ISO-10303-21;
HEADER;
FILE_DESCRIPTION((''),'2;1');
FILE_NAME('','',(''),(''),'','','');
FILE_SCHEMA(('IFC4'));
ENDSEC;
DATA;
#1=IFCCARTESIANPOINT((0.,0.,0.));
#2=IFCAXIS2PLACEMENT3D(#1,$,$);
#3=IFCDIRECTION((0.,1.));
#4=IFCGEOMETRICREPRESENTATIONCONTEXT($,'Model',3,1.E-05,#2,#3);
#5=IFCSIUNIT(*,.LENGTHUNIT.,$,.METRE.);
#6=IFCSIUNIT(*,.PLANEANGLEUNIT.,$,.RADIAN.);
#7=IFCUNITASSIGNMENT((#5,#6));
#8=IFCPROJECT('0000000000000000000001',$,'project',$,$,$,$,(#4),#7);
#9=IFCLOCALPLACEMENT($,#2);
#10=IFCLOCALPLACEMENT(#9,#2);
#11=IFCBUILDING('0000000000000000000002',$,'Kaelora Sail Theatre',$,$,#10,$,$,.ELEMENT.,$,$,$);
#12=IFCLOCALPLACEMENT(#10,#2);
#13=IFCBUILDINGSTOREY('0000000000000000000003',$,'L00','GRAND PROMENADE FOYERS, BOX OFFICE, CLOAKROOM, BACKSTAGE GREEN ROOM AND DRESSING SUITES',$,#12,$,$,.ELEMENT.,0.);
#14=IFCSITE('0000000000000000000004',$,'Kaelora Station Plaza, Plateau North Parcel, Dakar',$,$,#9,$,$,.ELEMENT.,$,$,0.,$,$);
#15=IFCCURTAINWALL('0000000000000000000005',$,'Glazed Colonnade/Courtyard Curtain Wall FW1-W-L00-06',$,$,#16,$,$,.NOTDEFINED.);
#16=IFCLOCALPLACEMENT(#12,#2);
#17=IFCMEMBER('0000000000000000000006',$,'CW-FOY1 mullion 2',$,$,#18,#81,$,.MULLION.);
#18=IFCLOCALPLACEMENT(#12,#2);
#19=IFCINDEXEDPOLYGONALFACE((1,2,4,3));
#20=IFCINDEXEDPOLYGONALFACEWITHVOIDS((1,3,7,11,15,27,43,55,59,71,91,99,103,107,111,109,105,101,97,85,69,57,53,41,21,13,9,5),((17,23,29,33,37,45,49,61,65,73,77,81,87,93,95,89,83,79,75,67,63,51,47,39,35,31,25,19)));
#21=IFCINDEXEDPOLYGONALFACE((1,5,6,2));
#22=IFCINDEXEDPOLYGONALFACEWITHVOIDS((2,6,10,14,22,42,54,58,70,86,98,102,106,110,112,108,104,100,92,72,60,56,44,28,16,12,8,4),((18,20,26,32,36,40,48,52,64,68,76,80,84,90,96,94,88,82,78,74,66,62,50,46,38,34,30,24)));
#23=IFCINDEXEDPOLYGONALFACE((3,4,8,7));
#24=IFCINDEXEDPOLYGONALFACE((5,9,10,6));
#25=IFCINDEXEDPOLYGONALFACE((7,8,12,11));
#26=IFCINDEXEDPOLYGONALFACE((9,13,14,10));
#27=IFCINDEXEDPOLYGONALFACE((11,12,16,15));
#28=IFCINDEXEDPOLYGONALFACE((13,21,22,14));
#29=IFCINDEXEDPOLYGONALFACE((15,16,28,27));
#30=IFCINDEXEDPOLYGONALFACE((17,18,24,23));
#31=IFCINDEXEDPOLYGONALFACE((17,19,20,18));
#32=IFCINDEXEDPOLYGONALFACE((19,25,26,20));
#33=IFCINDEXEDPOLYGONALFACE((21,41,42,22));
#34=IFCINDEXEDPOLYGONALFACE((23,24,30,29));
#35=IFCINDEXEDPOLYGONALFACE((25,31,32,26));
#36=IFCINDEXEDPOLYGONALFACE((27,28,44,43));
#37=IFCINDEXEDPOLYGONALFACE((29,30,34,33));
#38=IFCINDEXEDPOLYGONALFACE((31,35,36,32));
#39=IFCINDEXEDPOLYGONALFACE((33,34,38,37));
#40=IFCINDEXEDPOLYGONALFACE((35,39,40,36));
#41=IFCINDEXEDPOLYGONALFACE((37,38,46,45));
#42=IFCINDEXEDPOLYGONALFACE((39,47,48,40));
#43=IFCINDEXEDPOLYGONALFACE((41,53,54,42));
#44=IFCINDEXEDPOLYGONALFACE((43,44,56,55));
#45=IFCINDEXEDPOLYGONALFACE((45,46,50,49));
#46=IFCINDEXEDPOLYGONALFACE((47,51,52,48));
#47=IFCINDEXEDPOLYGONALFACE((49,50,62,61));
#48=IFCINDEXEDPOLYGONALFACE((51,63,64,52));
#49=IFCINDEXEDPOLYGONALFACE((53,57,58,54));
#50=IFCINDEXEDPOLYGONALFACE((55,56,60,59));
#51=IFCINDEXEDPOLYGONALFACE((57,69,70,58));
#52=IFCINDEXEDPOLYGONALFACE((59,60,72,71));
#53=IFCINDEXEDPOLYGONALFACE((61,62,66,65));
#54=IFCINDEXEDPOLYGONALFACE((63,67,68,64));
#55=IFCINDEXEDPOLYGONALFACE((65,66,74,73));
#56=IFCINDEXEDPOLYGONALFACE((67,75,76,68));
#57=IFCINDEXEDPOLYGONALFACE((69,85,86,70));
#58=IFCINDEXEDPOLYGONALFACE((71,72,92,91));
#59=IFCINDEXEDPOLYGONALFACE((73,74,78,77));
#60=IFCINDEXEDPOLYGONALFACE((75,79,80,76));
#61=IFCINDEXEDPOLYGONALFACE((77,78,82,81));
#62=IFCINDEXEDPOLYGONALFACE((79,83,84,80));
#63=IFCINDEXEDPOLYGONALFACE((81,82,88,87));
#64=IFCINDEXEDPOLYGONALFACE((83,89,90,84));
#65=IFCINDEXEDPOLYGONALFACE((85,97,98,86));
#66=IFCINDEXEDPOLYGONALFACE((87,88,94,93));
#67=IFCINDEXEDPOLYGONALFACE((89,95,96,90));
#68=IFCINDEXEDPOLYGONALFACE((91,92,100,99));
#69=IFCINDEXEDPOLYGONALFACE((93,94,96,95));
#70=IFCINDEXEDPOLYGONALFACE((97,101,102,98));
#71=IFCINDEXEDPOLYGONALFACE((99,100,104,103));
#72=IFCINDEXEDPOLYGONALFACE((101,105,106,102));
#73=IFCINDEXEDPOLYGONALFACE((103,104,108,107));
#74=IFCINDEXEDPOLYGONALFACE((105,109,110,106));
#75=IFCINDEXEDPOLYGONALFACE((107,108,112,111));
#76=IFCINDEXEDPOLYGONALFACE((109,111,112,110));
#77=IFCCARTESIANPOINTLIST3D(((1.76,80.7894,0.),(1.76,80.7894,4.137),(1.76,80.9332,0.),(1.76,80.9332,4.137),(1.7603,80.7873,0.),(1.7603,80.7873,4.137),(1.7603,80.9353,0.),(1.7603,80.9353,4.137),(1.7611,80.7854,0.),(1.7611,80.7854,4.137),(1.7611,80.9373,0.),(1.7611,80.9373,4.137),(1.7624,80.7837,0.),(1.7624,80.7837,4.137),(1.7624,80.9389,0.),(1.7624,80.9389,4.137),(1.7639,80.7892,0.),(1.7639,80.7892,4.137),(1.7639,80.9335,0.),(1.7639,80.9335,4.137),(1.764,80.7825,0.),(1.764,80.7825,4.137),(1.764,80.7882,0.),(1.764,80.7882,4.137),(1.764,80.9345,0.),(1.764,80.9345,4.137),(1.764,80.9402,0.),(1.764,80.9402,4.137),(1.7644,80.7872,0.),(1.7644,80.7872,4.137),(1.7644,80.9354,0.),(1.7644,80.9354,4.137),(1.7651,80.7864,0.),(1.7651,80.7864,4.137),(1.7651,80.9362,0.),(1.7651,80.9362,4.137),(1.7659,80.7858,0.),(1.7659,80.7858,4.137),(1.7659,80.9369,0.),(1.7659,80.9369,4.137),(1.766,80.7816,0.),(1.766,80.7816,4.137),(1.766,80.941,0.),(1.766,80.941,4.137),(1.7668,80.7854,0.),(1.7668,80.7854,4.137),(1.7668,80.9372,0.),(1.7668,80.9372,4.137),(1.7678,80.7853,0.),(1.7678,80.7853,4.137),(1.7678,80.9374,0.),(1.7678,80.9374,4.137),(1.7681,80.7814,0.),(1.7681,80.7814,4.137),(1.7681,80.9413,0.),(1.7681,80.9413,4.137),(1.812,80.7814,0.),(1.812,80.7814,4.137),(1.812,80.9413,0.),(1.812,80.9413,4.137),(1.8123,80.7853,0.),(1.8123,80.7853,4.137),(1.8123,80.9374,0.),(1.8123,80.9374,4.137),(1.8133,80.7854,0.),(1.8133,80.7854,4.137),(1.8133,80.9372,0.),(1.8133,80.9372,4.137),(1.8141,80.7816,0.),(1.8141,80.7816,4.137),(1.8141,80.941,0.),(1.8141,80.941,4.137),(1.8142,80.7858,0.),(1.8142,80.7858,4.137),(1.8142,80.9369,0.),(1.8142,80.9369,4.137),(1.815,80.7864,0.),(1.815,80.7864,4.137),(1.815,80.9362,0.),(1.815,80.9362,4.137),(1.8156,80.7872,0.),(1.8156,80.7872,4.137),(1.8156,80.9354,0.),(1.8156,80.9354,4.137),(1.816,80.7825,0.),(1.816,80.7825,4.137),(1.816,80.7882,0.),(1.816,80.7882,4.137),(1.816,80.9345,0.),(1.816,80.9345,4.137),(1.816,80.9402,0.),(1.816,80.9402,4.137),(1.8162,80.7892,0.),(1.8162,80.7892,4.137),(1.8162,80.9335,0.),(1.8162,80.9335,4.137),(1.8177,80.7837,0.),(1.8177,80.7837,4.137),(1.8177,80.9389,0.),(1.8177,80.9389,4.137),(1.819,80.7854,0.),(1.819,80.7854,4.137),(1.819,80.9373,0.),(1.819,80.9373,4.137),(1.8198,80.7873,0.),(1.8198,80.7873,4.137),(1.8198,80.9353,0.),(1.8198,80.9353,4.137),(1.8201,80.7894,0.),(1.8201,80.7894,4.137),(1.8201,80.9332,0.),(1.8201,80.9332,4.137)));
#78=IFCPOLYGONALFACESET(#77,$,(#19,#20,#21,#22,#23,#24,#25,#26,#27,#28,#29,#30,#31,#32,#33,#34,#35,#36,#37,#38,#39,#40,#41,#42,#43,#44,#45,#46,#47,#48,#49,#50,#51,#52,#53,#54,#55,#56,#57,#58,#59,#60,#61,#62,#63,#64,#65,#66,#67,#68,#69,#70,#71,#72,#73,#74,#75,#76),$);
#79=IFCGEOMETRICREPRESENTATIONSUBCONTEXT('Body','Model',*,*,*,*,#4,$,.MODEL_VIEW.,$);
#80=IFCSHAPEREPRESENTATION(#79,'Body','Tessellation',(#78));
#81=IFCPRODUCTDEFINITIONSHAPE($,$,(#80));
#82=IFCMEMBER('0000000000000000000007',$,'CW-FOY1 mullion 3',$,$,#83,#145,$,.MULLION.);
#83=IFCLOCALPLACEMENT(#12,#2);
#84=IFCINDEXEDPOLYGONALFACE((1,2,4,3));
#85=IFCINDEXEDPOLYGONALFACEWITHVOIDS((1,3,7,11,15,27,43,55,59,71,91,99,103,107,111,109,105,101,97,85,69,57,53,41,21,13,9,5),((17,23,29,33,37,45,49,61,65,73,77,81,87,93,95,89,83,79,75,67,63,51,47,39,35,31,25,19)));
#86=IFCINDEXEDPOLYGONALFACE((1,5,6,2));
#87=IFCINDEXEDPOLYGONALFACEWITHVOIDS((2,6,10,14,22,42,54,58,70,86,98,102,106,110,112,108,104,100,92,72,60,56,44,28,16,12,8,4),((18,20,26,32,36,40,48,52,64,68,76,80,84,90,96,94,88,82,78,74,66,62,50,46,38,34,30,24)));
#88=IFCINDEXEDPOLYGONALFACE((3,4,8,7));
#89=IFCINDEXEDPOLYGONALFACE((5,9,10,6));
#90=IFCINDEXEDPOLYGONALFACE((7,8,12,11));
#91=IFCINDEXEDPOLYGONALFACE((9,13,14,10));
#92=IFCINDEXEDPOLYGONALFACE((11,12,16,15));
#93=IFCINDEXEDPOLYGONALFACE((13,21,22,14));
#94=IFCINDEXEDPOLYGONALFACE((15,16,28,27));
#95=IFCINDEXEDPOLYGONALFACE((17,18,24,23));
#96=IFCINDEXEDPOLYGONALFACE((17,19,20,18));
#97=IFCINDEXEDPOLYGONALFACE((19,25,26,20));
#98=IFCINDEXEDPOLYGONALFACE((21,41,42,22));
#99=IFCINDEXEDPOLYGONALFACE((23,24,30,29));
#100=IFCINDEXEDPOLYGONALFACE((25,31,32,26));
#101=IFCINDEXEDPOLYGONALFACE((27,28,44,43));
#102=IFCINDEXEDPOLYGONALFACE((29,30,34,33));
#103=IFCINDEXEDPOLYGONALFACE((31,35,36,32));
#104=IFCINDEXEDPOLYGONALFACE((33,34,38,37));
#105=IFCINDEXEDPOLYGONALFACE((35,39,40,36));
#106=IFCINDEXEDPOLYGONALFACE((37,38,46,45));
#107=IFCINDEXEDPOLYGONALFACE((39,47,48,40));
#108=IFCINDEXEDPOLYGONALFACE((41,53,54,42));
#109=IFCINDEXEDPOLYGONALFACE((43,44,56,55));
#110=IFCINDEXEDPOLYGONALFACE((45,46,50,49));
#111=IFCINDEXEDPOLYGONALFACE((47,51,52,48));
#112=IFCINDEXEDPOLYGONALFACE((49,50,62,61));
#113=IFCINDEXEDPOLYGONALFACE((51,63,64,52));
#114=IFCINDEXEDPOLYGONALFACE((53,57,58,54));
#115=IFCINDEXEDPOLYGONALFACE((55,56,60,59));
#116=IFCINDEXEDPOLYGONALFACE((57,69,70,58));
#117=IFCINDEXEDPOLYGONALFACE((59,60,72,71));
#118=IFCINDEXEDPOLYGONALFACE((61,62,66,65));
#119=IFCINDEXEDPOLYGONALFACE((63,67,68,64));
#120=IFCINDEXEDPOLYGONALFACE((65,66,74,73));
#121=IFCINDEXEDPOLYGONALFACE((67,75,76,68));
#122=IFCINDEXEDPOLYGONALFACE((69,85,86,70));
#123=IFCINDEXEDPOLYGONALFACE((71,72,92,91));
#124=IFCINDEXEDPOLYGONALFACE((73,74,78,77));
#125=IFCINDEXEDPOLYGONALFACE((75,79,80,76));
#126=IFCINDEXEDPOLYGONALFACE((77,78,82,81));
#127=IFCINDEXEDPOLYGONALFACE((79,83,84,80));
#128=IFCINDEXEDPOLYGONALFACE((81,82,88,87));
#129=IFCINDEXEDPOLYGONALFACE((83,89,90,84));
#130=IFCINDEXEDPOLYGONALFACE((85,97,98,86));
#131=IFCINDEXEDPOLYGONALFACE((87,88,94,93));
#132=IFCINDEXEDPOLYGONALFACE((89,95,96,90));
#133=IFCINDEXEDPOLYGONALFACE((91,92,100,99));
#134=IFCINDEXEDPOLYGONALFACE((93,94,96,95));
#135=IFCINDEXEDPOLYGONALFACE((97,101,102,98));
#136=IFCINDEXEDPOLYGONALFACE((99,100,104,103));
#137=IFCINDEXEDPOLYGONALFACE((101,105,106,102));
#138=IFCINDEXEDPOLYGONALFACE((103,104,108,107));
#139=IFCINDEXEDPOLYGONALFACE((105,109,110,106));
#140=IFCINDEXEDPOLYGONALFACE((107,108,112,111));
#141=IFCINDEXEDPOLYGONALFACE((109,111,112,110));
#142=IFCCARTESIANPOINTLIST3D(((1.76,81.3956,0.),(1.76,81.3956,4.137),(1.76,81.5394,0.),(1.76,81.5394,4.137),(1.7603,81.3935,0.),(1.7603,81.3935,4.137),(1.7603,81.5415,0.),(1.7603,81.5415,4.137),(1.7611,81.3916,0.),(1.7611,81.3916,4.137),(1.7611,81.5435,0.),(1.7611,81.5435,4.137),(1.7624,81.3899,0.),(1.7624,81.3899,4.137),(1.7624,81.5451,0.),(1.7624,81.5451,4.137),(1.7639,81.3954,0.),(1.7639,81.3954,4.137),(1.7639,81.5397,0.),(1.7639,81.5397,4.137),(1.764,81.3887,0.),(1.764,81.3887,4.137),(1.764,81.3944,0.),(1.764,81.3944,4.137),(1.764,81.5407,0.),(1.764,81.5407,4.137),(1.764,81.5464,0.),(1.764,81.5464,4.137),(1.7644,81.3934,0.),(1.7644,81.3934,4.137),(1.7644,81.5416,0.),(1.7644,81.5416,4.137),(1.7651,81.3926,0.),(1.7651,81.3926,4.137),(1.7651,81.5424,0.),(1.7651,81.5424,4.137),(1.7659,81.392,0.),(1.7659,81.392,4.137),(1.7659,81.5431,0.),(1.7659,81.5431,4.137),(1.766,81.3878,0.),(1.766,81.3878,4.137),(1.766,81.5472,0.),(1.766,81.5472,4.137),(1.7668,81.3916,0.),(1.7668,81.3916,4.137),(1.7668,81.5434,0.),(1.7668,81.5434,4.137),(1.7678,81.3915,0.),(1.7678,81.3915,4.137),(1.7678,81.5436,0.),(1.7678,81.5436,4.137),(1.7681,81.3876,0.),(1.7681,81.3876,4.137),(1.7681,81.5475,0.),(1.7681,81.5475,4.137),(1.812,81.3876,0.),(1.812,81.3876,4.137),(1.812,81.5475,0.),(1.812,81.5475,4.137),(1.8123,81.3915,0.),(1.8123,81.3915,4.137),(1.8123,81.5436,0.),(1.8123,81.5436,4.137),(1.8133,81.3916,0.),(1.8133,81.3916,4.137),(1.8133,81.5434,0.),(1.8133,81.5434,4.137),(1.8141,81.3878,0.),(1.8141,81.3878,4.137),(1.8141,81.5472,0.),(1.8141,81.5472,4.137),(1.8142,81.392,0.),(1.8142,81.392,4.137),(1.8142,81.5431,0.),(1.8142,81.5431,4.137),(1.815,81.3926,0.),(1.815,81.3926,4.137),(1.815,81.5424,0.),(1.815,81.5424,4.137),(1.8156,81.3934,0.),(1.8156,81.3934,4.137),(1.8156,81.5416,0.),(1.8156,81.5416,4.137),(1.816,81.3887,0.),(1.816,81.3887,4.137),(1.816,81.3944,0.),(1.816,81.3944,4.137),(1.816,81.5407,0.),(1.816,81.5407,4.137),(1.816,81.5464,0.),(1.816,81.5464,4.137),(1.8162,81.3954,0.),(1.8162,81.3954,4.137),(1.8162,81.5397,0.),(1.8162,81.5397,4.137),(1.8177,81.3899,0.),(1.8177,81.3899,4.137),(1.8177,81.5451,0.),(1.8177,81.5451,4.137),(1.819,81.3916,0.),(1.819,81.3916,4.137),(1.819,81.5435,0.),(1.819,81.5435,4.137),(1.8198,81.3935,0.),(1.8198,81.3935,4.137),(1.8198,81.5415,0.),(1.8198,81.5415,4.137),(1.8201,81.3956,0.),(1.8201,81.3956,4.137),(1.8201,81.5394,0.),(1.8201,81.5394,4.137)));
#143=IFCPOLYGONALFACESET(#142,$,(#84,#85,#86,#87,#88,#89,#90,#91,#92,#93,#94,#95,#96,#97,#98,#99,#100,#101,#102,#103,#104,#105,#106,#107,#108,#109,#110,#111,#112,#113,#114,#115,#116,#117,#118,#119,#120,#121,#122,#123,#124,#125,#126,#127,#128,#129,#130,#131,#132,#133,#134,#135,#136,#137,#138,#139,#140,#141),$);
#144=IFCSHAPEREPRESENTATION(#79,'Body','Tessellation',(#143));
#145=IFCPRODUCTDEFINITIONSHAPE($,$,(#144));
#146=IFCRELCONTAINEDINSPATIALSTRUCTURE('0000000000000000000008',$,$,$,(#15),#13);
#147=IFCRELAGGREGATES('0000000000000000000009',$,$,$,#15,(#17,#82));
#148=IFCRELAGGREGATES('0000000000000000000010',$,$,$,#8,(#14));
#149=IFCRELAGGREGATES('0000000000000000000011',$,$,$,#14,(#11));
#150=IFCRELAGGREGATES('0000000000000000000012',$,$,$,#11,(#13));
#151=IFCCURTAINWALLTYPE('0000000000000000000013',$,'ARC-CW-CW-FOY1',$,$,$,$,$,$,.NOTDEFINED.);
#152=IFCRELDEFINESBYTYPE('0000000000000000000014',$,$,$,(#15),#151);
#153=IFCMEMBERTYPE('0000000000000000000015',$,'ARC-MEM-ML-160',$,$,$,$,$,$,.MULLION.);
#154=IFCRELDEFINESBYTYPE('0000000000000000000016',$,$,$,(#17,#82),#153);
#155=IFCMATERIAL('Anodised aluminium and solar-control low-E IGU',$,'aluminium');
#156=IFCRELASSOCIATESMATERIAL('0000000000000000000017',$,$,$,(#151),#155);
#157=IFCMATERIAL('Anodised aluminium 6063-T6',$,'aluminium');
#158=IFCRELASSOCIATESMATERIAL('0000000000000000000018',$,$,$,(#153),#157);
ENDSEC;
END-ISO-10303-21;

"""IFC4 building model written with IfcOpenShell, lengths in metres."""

from ifc_helpers import new_model, si_unit, direction, frame, origin, origin_2d, place, context, subcontext, project, spatial, hollow_rectangle, extrude, material, material_profile, profile_set, type_object, element, aggregate, save


model = new_model("IFC4")

# Units and contexts
model_context = context("Model", 3, precision=1e-05, world=origin(), true_north=direction((0.0, 1.0)))
body_context = subcontext(model_context, "Body", "Model", "MODEL_VIEW")
ifc_project = project(units=[si_unit("LENGTHUNIT", "METRE"), si_unit("PLANEANGLEUNIT", "RADIAN")], contexts=[model_context])

# Site, building, storey
site_placement = place(None, origin())
site = spatial("IfcSite", under=ifc_project, at=site_placement, Name="Kaelora Station Plaza, Plateau North Parcel, Dakar", CompositionType="ELEMENT", RefElevation=0.0)
building_placement = place(site_placement, origin())
building = spatial("IfcBuilding", under=site, at=building_placement, Name="Kaelora Sail Theatre", CompositionType="ELEMENT")
storey_placement = place(building_placement, origin())
storey = spatial("IfcBuildingStorey", under=building, at=storey_placement, Name="L00", Description="GRAND PROMENADE FOYERS, BOX OFFICE, CLOAKROOM, BACKSTAGE GREEN ROOM AND DRESSING SUITES", CompositionType="ELEMENT", Elevation=0.0)

# Curtain wall, members
ifc_material_1 = material(Name="Anodised aluminium and solar-control low-E IGU", Category="aluminium")
curtain_wall_type = type_object("IfcCurtainWallType", Name="ARC-CW-CW-FOY1", PredefinedType="NOTDEFINED", material=ifc_material_1)
curtain_wall_placement = place(storey_placement, origin())
curtain_wall = element("IfcCurtainWall", 1, at=curtain_wall_placement, inside=storey, type_object=curtain_wall_type, Name="Glazed Colonnade/Courtyard Curtain Wall FW1-W-L00-06", PredefinedType="NOTDEFINED")
ifc_material_2 = material(Name="Anodised aluminium 6063-T6", Category="aluminium")
ifc_material_profile_1 = material_profile(ifc_material_2, hollow_rectangle(XDim=0.0601, YDim=0.1599, WallThickness=0.0039, InnerFilletRadius=0.0039, OuterFilletRadius=0.0081, at=origin_2d()), Name="ALU-MULL 60x160x4")
ifc_profile_set_1 = profile_set([ifc_material_profile_1], Name="Anodised aluminium 6063-T6")
member_type_1 = type_object("IfcMemberType", Name="ARC-MEM-ML-160", PredefinedType="MULLION", material=ifc_profile_set_1)
member_1_placement = place(storey_placement, frame((1.79, 80.8613, 0.0), z_axis=(0.0, 0.0, 1.0), x_axis=(-1.0, 0.0, 0.0)))
member_1 = element("IfcMember", 2, at=member_1_placement, type_object=member_type_1, Name="CW-FOY1 mullion 2", PredefinedType="MULLION", context=body_context, shape_type="SweptSolid", body=[
    extrude(hollow_rectangle(XDim=0.0601, YDim=0.1599, WallThickness=0.0039, InnerFilletRadius=0.0039, OuterFilletRadius=0.0081, at=origin_2d()), origin(), (0.0, 0.0, 1.0), 4.137),
])
member_2_placement = place(storey_placement, frame((1.79, 81.4675, 0.0), z_axis=(0.0, 0.0, 1.0), x_axis=(-1.0, 0.0, 0.0)))
member_2 = element("IfcMember", 3, at=member_2_placement, type_object=member_type_1, Name="CW-FOY1 mullion 3", PredefinedType="MULLION", context=body_context, shape_type="SweptSolid", body=[
    extrude(hollow_rectangle(XDim=0.0601, YDim=0.1599, WallThickness=0.0039, InnerFilletRadius=0.0039, OuterFilletRadius=0.0081, at=origin_2d()), origin(), (0.0, 0.0, 1.0), 4.137),
])
aggregate(curtain_wall, [member_1, member_2])

save(model, "model.ifc")
